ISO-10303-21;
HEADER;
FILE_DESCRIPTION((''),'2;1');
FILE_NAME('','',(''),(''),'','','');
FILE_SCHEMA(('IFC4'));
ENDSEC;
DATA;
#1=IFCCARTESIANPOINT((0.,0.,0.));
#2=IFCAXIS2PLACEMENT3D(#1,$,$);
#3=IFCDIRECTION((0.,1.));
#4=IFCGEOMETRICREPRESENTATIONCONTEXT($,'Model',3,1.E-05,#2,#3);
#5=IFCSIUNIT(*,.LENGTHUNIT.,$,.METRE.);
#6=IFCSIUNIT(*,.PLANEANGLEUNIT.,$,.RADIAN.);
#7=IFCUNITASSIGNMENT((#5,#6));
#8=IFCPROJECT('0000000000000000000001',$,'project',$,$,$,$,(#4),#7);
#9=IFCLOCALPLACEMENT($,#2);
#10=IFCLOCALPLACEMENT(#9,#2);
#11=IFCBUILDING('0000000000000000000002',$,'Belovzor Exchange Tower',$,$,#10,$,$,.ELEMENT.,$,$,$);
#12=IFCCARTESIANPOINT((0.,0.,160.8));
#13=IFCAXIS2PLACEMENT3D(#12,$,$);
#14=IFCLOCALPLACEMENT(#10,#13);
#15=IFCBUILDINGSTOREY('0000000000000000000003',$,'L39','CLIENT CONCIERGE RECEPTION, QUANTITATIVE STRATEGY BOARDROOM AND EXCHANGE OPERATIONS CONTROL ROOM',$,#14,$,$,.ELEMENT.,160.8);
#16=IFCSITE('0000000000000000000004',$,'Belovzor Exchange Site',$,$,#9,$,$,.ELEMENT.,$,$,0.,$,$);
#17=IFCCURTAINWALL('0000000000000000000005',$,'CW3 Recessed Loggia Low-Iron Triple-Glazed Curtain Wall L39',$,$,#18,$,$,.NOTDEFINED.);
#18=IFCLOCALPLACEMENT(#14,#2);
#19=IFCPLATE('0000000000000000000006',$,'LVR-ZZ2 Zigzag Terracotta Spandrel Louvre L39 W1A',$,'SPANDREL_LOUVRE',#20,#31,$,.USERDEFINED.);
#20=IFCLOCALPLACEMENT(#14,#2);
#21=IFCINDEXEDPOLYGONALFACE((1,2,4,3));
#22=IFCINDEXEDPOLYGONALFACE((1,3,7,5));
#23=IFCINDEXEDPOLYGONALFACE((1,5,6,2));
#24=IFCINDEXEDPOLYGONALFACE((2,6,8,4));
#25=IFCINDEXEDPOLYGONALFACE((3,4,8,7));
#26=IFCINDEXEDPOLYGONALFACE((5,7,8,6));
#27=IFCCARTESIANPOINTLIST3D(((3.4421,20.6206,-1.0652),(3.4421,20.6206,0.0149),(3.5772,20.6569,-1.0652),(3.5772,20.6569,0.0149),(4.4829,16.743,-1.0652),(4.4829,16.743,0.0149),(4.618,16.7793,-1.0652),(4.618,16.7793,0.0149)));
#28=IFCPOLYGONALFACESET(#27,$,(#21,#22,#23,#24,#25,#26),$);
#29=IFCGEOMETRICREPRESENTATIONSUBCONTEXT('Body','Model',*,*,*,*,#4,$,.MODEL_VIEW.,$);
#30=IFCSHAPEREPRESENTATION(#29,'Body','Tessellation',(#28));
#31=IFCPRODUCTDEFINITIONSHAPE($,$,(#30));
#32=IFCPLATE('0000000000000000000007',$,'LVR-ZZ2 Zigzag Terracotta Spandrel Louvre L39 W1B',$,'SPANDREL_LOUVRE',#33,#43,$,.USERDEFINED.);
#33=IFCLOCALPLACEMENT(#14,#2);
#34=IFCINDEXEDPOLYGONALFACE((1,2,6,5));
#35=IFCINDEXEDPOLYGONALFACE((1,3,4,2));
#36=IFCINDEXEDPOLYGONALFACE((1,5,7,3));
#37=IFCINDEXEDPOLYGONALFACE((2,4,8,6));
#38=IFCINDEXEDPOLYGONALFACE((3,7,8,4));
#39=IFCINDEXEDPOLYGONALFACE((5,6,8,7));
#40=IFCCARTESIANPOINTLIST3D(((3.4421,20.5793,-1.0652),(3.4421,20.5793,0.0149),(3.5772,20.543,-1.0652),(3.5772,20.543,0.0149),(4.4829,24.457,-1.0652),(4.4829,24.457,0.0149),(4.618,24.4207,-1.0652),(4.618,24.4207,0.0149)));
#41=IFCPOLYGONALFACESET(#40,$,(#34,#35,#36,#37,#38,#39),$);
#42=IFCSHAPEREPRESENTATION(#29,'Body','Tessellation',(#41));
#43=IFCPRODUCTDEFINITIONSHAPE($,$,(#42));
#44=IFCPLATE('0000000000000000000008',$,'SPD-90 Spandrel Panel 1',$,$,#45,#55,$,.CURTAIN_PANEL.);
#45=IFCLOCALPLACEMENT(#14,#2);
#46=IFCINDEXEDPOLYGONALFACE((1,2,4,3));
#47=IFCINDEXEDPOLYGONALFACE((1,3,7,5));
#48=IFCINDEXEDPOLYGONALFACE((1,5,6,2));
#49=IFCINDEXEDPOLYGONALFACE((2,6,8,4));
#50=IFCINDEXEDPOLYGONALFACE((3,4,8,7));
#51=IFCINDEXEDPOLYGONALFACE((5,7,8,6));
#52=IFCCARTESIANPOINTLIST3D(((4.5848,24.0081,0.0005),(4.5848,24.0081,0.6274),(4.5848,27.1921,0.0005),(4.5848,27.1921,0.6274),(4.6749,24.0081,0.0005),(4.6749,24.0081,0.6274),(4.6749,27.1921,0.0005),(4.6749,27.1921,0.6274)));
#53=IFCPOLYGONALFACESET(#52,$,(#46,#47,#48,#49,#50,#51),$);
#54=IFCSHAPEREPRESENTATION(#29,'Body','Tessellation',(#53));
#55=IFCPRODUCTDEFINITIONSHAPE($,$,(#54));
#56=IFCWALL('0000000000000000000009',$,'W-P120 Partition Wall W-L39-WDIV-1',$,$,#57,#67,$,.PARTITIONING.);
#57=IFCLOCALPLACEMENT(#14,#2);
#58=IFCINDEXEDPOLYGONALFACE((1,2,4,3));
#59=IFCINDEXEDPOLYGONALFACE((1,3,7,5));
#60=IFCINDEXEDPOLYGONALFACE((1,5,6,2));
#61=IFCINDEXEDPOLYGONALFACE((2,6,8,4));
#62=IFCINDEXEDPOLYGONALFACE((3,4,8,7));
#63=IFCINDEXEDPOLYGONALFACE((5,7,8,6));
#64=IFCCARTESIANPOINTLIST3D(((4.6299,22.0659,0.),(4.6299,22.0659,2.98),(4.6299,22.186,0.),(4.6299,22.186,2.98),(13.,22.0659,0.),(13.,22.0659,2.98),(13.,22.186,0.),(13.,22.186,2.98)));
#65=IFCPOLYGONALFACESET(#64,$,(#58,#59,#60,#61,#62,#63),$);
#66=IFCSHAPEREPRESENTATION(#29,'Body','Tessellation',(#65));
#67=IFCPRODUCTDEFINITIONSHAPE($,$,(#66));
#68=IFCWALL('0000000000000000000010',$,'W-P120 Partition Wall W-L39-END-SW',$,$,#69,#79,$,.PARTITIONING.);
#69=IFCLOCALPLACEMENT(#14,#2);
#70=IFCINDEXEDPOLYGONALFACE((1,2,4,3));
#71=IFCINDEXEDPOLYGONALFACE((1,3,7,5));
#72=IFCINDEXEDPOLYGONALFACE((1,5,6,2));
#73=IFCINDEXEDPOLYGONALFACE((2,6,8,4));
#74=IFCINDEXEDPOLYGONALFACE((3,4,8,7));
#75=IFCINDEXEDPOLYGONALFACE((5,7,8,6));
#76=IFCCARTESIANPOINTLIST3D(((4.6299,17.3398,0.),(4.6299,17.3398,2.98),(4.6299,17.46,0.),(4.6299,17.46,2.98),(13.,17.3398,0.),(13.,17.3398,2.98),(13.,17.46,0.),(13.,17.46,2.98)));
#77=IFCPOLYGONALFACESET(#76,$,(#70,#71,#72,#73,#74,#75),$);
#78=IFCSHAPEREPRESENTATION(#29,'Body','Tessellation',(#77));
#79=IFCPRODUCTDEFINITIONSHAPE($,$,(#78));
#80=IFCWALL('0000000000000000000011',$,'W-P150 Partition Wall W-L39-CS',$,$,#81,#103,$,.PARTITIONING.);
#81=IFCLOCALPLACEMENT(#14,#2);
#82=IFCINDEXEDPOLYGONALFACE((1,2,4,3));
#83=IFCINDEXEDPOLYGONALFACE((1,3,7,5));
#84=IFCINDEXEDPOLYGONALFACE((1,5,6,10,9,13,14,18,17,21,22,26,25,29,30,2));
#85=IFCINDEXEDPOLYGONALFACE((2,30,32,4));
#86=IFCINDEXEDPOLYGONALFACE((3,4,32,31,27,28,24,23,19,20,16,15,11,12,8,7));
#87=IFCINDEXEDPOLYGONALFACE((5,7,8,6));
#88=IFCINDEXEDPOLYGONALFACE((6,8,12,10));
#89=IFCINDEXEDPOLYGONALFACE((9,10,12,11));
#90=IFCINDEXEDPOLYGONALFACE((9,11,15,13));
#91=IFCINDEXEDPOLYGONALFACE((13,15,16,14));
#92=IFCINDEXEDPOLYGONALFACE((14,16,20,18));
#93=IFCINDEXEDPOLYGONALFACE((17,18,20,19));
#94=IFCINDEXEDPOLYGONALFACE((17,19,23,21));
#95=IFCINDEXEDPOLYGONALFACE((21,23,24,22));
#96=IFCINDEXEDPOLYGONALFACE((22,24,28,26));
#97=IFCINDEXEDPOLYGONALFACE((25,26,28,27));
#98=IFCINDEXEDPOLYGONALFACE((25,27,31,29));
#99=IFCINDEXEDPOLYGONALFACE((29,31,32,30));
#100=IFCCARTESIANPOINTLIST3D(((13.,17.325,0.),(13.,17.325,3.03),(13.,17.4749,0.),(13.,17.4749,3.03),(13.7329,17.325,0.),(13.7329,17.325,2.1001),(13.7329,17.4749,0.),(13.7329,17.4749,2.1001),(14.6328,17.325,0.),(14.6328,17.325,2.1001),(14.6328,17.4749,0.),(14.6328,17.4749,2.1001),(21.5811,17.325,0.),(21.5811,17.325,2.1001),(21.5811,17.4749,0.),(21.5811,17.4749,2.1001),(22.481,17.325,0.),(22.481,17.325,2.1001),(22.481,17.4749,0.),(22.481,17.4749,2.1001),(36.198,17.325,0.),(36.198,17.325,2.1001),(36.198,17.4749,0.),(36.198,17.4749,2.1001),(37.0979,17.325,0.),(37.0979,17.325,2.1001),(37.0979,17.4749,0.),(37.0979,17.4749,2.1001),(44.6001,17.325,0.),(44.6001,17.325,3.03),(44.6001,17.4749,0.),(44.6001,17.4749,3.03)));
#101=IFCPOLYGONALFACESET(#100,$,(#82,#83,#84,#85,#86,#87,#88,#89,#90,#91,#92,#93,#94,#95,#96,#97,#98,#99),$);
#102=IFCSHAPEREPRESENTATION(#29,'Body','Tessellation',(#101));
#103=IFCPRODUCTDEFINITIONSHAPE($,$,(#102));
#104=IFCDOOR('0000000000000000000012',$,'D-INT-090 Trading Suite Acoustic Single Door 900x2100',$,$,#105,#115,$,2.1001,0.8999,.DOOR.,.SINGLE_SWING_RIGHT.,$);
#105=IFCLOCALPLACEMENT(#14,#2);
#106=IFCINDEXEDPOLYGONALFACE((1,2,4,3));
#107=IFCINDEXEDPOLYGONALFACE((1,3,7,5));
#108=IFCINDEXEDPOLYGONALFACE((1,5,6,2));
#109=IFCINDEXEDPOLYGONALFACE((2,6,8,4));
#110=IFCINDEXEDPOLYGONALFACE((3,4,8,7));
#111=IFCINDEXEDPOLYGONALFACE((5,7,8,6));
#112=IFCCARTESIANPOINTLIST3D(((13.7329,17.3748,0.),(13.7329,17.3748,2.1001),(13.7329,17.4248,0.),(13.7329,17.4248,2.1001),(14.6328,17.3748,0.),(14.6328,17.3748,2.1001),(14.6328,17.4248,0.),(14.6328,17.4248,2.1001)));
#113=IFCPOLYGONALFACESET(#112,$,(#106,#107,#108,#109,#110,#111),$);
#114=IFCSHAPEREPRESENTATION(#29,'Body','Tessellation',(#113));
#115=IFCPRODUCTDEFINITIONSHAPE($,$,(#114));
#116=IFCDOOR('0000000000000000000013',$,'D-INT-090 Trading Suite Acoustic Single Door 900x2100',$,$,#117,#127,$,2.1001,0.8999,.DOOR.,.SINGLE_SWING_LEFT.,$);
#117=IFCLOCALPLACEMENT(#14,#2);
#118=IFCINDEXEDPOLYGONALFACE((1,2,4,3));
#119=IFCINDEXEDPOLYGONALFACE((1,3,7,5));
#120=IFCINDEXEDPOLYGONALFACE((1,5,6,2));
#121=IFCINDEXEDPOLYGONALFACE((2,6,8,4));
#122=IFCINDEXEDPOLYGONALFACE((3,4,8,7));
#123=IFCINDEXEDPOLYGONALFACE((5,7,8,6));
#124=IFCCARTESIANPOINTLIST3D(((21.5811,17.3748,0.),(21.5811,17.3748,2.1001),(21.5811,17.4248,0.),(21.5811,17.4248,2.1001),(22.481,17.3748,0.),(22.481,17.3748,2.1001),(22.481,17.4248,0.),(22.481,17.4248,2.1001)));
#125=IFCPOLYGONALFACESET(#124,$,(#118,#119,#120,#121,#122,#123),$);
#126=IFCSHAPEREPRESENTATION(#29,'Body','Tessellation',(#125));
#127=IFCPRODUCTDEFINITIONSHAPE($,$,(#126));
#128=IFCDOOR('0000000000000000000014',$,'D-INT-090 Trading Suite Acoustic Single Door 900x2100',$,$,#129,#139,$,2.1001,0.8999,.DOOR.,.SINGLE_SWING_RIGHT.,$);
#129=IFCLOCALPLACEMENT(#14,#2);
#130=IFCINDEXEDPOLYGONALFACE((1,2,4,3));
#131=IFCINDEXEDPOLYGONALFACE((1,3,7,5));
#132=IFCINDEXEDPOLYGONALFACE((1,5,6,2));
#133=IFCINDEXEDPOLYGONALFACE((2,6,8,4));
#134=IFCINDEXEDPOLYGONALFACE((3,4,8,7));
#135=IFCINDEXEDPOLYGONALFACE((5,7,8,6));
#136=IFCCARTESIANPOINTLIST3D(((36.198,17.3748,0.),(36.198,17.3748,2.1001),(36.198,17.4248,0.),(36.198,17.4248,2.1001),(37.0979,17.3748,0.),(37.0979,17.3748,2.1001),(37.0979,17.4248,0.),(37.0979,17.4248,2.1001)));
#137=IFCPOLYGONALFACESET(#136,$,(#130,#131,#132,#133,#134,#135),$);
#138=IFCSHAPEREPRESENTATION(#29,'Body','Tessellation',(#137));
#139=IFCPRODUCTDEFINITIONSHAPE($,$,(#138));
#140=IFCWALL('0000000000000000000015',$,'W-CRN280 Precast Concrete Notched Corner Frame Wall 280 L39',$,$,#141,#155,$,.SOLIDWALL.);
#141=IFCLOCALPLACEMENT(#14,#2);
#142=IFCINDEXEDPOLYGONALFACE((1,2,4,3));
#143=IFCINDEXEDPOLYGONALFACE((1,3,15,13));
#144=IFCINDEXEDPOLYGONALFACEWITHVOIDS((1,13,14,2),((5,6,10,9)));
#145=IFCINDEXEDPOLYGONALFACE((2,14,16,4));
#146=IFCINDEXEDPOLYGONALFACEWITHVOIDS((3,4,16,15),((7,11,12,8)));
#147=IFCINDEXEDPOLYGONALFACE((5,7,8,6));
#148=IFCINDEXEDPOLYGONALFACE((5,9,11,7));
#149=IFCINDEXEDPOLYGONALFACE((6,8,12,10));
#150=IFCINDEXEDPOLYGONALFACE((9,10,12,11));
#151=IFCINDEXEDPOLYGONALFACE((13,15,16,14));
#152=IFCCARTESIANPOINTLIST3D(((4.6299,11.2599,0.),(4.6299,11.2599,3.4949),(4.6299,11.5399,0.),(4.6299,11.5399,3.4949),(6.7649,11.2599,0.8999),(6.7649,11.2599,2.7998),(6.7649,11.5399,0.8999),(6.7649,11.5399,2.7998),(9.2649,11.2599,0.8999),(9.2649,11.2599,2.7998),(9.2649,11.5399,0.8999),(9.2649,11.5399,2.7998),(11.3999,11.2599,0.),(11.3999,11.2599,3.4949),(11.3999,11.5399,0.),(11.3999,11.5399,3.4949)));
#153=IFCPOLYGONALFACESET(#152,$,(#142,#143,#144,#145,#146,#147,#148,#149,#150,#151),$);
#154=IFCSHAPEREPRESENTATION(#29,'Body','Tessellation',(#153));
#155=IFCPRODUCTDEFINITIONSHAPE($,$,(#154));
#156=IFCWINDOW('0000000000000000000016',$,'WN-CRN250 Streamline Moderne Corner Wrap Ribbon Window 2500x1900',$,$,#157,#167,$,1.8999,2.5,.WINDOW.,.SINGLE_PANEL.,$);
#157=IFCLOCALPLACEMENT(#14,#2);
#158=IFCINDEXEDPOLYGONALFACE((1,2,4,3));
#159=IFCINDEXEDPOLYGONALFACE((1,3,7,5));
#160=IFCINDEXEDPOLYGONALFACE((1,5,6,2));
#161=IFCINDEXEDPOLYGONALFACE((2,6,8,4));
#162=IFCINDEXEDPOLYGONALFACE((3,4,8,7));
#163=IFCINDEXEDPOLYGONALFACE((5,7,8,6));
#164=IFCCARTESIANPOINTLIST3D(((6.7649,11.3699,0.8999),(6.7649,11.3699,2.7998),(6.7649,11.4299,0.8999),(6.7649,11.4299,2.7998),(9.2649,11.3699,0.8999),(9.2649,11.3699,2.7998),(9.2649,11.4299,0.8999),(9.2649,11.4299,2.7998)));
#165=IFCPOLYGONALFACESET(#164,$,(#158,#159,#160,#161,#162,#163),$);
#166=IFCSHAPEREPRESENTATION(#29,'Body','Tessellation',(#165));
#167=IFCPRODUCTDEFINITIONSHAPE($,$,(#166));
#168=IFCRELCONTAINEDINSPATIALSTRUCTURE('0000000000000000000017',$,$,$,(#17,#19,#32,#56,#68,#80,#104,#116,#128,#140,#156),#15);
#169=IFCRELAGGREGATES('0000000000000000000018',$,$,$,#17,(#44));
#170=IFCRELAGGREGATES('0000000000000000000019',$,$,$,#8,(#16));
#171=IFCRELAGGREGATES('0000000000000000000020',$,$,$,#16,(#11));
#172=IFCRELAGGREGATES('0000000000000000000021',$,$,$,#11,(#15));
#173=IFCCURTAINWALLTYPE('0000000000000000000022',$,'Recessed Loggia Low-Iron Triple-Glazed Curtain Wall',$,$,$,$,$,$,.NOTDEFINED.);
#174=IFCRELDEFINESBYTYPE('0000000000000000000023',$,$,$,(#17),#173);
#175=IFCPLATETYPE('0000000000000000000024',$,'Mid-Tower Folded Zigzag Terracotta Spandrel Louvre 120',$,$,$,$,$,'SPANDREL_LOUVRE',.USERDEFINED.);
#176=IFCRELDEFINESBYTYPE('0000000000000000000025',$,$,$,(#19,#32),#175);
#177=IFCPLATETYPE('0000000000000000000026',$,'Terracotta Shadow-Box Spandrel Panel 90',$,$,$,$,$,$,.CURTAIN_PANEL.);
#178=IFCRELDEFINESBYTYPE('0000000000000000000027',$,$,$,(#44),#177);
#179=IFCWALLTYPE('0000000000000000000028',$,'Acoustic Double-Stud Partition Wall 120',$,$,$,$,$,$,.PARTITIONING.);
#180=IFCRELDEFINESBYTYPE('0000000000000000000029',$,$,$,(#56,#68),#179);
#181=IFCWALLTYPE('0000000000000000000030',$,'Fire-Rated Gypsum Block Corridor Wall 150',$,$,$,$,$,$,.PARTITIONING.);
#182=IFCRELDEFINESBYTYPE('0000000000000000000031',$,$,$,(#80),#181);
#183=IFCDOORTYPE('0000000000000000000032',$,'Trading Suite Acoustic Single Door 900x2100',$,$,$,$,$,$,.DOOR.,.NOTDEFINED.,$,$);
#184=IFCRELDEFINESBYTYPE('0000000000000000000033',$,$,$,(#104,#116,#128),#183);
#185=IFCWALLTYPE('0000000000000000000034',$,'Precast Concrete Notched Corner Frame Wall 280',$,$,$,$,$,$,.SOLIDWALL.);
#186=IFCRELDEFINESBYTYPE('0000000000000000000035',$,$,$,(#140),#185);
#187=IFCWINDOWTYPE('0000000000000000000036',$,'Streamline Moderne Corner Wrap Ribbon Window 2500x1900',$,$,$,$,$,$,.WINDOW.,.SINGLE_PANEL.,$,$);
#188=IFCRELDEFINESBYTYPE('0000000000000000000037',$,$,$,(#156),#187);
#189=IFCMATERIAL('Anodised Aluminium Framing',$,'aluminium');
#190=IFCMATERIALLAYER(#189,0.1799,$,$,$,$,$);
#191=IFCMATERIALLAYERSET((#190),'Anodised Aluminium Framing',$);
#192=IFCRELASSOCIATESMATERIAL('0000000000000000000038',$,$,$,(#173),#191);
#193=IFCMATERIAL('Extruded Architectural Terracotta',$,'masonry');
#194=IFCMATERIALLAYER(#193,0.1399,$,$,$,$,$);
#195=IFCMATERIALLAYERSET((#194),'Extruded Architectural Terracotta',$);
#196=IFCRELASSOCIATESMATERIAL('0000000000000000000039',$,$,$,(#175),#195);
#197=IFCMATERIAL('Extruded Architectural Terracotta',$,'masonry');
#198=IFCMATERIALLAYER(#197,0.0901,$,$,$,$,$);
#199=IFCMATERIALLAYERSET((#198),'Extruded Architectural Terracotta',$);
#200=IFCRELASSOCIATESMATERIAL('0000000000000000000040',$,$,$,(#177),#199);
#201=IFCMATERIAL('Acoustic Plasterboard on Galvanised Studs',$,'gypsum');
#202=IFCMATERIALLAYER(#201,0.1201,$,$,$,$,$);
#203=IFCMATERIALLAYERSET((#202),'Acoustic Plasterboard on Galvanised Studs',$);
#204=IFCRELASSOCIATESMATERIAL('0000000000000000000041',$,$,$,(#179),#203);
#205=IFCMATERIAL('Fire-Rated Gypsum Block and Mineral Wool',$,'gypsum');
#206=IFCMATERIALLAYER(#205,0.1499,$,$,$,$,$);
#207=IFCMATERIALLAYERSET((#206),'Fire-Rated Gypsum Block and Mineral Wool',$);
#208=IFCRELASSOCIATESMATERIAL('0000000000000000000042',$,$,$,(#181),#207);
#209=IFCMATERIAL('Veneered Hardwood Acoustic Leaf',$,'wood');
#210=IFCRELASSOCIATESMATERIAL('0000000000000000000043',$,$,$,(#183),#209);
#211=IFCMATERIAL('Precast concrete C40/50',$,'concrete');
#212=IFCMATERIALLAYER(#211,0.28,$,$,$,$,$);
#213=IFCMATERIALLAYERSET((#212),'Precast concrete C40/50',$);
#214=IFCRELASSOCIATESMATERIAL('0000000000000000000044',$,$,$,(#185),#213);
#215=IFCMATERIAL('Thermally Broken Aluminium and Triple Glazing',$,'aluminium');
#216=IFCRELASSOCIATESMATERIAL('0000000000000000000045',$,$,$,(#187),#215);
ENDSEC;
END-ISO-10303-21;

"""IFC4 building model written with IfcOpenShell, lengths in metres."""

from ifc_helpers import new_model, si_unit, direction, frame, frame_2d, origin, origin_2d, place, context, subcontext, project, spatial, rectangle, extrude, material, layer, layer_set, type_object, element, fill, aggregate, save


model = new_model("IFC4")

# Units and contexts
model_context = context("Model", 3, precision=1e-05, world=origin(), true_north=direction((0.0, 1.0)))
body_context = subcontext(model_context, "Body", "Model", "MODEL_VIEW")
ifc_project = project(units=[si_unit("LENGTHUNIT", "METRE"), si_unit("PLANEANGLEUNIT", "RADIAN")], contexts=[model_context])

# Site, building, storey
site_placement = place(None, origin())
site = spatial("IfcSite", under=ifc_project, at=site_placement, Name="Belovzor Exchange Site", CompositionType="ELEMENT", RefElevation=0.0)
building_placement = place(site_placement, origin())
building = spatial("IfcBuilding", under=site, at=building_placement, Name="Belovzor Exchange Tower", CompositionType="ELEMENT")
storey_placement = place(building_placement, frame((0.0, 0.0, 160.8)))
storey = spatial("IfcBuildingStorey", under=building, at=storey_placement, Name="L39", Description="CLIENT CONCIERGE RECEPTION, QUANTITATIVE STRATEGY BOARDROOM AND EXCHANGE OPERATIONS CONTROL ROOM", CompositionType="ELEMENT", Elevation=160.8)

# Curtain wall
ifc_material_1 = material(Name="Anodised Aluminium Framing", Category="aluminium")
ifc_layer_1 = layer(ifc_material_1, 0.1799)
ifc_layer_set_1 = layer_set([ifc_layer_1], Name="Anodised Aluminium Framing")
curtain_wall_type = type_object("IfcCurtainWallType", Name="Recessed Loggia Low-Iron Triple-Glazed Curtain Wall", PredefinedType="NOTDEFINED", material=ifc_layer_set_1)
curtain_wall_placement = place(storey_placement, origin())
curtain_wall = element("IfcCurtainWall", 1, at=curtain_wall_placement, inside=storey, type_object=curtain_wall_type, Name="CW3 Recessed Loggia Low-Iron Triple-Glazed Curtain Wall L39", PredefinedType="NOTDEFINED")

# Plates
ifc_material_2 = material(Name="Extruded Architectural Terracotta", Category="masonry")
ifc_layer_2 = layer(ifc_material_2, 0.1399)
ifc_layer_set_2 = layer_set([ifc_layer_2], Name="Extruded Architectural Terracotta")
plate_type_1 = type_object("IfcPlateType", Name="Mid-Tower Folded Zigzag Terracotta Spandrel Louvre 120", ElementType="SPANDREL_LOUVRE", PredefinedType="USERDEFINED", material=ifc_layer_set_2)
for number, where, z_axis, x_axis, name in (
    (2, (4.03, 18.7, -1.0652), (0.0, 0.0, 1.0), (-0.25924, 0.965813, 0.0), "LVR-ZZ2 Zigzag Terracotta Spandrel Louvre L39 W1A"),
    (3, (4.03, 22.5, -1.0652), (0.0, 0.0, 1.0), (0.25924, 0.965813, 0.0), "LVR-ZZ2 Zigzag Terracotta Spandrel Louvre L39 W1B"),
):
    element("IfcPlate", number, at=place(storey_placement, frame(where, z_axis=z_axis, x_axis=x_axis)), inside=storey, type_object=plate_type_1, Name=name, ObjectType="SPANDREL_LOUVRE", PredefinedType="USERDEFINED", context=body_context, shape_type="SweptSolid", body=[
        extrude(rectangle(XDim=4.0149, YDim=0.1399, at=origin_2d()), origin(), (0.0, 0.0, 1.0), 1.0801),
    ])

# Plate
ifc_material_3 = material(Name="Extruded Architectural Terracotta", Category="masonry")
ifc_layer_3 = layer(ifc_material_3, 0.0901)
ifc_layer_set_3 = layer_set([ifc_layer_3], Name="Extruded Architectural Terracotta")
plate_type_2 = type_object("IfcPlateType", Name="Terracotta Shadow-Box Spandrel Panel 90", PredefinedType="CURTAIN_PANEL", material=ifc_layer_set_3)
plate_1_placement = place(storey_placement, frame((4.6299, 25.6001, 0.0005), z_axis=(0.0, 0.0, 1.0), x_axis=(0.0, 1.0, 0.0)))
plate_1 = element("IfcPlate", 4, at=plate_1_placement, type_object=plate_type_2, Name="SPD-90 Spandrel Panel 1", PredefinedType="CURTAIN_PANEL", context=body_context, shape_type="SweptSolid", body=[
    extrude(rectangle(XDim=3.1841, YDim=0.0901, at=origin_2d()), origin(), (0.0, 0.0, 1.0), 0.627),
])
aggregate(curtain_wall, [plate_1])

# Walls
ifc_material_4 = material(Name="Acoustic Plasterboard on Galvanised Studs", Category="gypsum")
ifc_layer_4 = layer(ifc_material_4, 0.1201)
ifc_layer_set_4 = layer_set([ifc_layer_4], Name="Acoustic Plasterboard on Galvanised Studs")
wall_type_1 = type_object("IfcWallType", Name="Acoustic Double-Stud Partition Wall 120", PredefinedType="PARTITIONING", material=ifc_layer_set_4)
for number, where, z_axis, x_axis, name in (
    (5, (4.6299, 22.126, 0.0), (0.0, 0.0, 1.0), (1.0, 0.0, 0.0), "W-P120 Partition Wall W-L39-WDIV-1"),
    (6, (4.6299, 17.3999, 0.0), (0.0, 0.0, 1.0), (1.0, 0.0, 0.0), "W-P120 Partition Wall W-L39-END-SW"),
):
    element("IfcWall", number, at=place(storey_placement, frame(where, z_axis=z_axis, x_axis=x_axis)), inside=storey, type_object=wall_type_1, Name=name, PredefinedType="PARTITIONING", context=body_context, shape_type="SweptSolid", body=[
        extrude(rectangle(XDim=8.3701, YDim=0.1201, at=frame_2d((4.1851, 0.0))), origin(), (0.0, 0.0, 1.0), 2.98),
    ])

# Wall, openings, doors
ifc_material_5 = material(Name="Fire-Rated Gypsum Block and Mineral Wool", Category="gypsum")
ifc_layer_5 = layer(ifc_material_5, 0.1499)
ifc_layer_set_5 = layer_set([ifc_layer_5], Name="Fire-Rated Gypsum Block and Mineral Wool")
wall_type_2 = type_object("IfcWallType", Name="Fire-Rated Gypsum Block Corridor Wall 150", PredefinedType="PARTITIONING", material=ifc_layer_set_5)
wall_1_placement = place(storey_placement, frame((13.0, 17.3999, 0.0), z_axis=(0.0, 0.0, 1.0), x_axis=(1.0, 0.0, 0.0)))
wall_1 = element("IfcWall", 7, at=wall_1_placement, inside=storey, type_object=wall_type_2, Name="W-P150 Partition Wall W-L39-CS", PredefinedType="PARTITIONING", context=body_context, shape_type="SweptSolid", body=[
    extrude(rectangle(XDim=31.6001, YDim=0.1499, at=frame_2d((15.8, 0.0))), origin(), (0.0, 0.0, 1.0), 3.03),
])
opening_1_placement = place(wall_1_placement, frame((0.7329, 0.0, 0.0)))
opening_1 = element("IfcOpeningElement", 8, at=opening_1_placement, cuts=wall_1, PredefinedType="OPENING", context=body_context, shape_type="SweptSolid", body=[
    extrude(rectangle(XDim=0.8999, YDim=2.1001, at=frame_2d((0.45, 1.05))), frame((0.0, 0.085, 0.0), z_axis=(0.0, -1.0, 0.0), x_axis=(1.0, 0.0, 0.0)), (0.0, 0.0, 1.0), 0.1699),
])
opening_2_placement = place(wall_1_placement, frame((8.5811, 0.0, 0.0)))
opening_2 = element("IfcOpeningElement", 9, at=opening_2_placement, cuts=wall_1, PredefinedType="OPENING", context=body_context, shape_type="SweptSolid", body=[
    extrude(rectangle(XDim=0.8999, YDim=2.1001, at=frame_2d((0.45, 1.05))), frame((0.0, 0.085, 0.0), z_axis=(0.0, -1.0, 0.0), x_axis=(1.0, 0.0, 0.0)), (0.0, 0.0, 1.0), 0.1699),
])
opening_3_placement = place(wall_1_placement, frame((23.198, 0.0, 0.0)))
opening_3 = element("IfcOpeningElement", 10, at=opening_3_placement, cuts=wall_1, PredefinedType="OPENING", context=body_context, shape_type="SweptSolid", body=[
    extrude(rectangle(XDim=0.8999, YDim=2.1001, at=frame_2d((0.45, 1.05))), frame((0.0, 0.085, 0.0), z_axis=(0.0, -1.0, 0.0), x_axis=(1.0, 0.0, 0.0)), (0.0, 0.0, 1.0), 0.1699),
])
ifc_material_6 = material(Name="Veneered Hardwood Acoustic Leaf", Category="wood")
door_type = type_object("IfcDoorType", Name="Trading Suite Acoustic Single Door 900x2100", OperationType="NOTDEFINED", PredefinedType="DOOR", material=ifc_material_6)
door_1_placement = place(opening_1_placement, origin())
door_1 = element("IfcDoor", 11, at=door_1_placement, inside=storey, type_object=door_type, Name="D-INT-090 Trading Suite Acoustic Single Door 900x2100", OperationType="SINGLE_SWING_RIGHT", OverallHeight=2.1001, OverallWidth=0.8999, PredefinedType="DOOR", context=body_context, shape_type="SweptSolid", body=[
    extrude(rectangle(XDim=0.8999, YDim=2.1001, at=frame_2d((0.45, 1.05))), frame((0.0, 0.0249, 0.0), z_axis=(0.0, -1.0, 0.0), x_axis=(1.0, 0.0, 0.0)), (0.0, 0.0, 1.0), 0.05),
])
fill(opening_1, door_1)
door_2_placement = place(opening_2_placement, origin())
door_2 = element("IfcDoor", 12, at=door_2_placement, inside=storey, type_object=door_type, Name="D-INT-090 Trading Suite Acoustic Single Door 900x2100", OperationType="SINGLE_SWING_LEFT", OverallHeight=2.1001, OverallWidth=0.8999, PredefinedType="DOOR", context=body_context, shape_type="SweptSolid", body=[
    extrude(rectangle(XDim=0.8999, YDim=2.1001, at=frame_2d((0.45, 1.05))), frame((0.0, 0.0249, 0.0), z_axis=(0.0, -1.0, 0.0), x_axis=(1.0, 0.0, 0.0)), (0.0, 0.0, 1.0), 0.05),
])
fill(opening_2, door_2)
door_3_placement = place(opening_3_placement, origin())
door_3 = element("IfcDoor", 13, at=door_3_placement, inside=storey, type_object=door_type, Name="D-INT-090 Trading Suite Acoustic Single Door 900x2100", OperationType="SINGLE_SWING_RIGHT", OverallHeight=2.1001, OverallWidth=0.8999, PredefinedType="DOOR", context=body_context, shape_type="SweptSolid", body=[
    extrude(rectangle(XDim=0.8999, YDim=2.1001, at=frame_2d((0.45, 1.05))), frame((0.0, 0.0249, 0.0), z_axis=(0.0, -1.0, 0.0), x_axis=(1.0, 0.0, 0.0)), (0.0, 0.0, 1.0), 0.05),
])
fill(opening_3, door_3)

# Wall, opening, window
ifc_material_7 = material(Name="Precast concrete C40/50", Category="concrete")
ifc_layer_6 = layer(ifc_material_7, 0.28)
ifc_layer_set_6 = layer_set([ifc_layer_6], Name="Precast concrete C40/50")
wall_type_3 = type_object("IfcWallType", Name="Precast Concrete Notched Corner Frame Wall 280", PredefinedType="SOLIDWALL", material=ifc_layer_set_6)
wall_2_placement = place(storey_placement, frame((11.3999, 11.3999, 0.0), z_axis=(0.0, 0.0, 1.0), x_axis=(-1.0, 0.0, 0.0)))
wall_2 = element("IfcWall", 14, at=wall_2_placement, inside=storey, type_object=wall_type_3, Name="W-CRN280 Precast Concrete Notched Corner Frame Wall 280 L39", PredefinedType="SOLIDWALL", context=body_context, shape_type="SweptSolid", body=[
    extrude(rectangle(XDim=6.77, YDim=0.28, at=frame_2d((3.385, 0.0))), origin(), (0.0, 0.0, 1.0), 3.4949),
])
opening_4_placement = place(wall_2_placement, frame((2.135, 0.0, 0.8999)))
opening_4 = element("IfcOpeningElement", 15, at=opening_4_placement, cuts=wall_2, PredefinedType="OPENING", context=body_context, shape_type="SweptSolid", body=[
    extrude(rectangle(XDim=2.5, YDim=1.8999, at=frame_2d((1.25, 0.95))), frame((0.0, 0.1499, 0.0), z_axis=(0.0, -1.0, 0.0), x_axis=(1.0, 0.0, 0.0)), (0.0, 0.0, 1.0), 0.3),
])
ifc_material_8 = material(Name="Thermally Broken Aluminium and Triple Glazing", Category="aluminium")
window_type = type_object("IfcWindowType", Name="Streamline Moderne Corner Wrap Ribbon Window 2500x1900", PartitioningType="SINGLE_PANEL", PredefinedType="WINDOW", material=ifc_material_8)
window_placement = place(opening_4_placement, origin())
window = element("IfcWindow", 16, at=window_placement, inside=storey, type_object=window_type, Name="WN-CRN250 Streamline Moderne Corner Wrap Ribbon Window 2500x1900", OverallHeight=1.8999, OverallWidth=2.5, PartitioningType="SINGLE_PANEL", PredefinedType="WINDOW", context=body_context, shape_type="SweptSolid", body=[
    extrude(rectangle(XDim=2.5, YDim=1.8999, at=frame_2d((1.25, 0.95))), frame((0.0, 0.03, 0.0), z_axis=(0.0, -1.0, 0.0), x_axis=(1.0, 0.0, 0.0)), (0.0, 0.0, 1.0), 0.0601),
])
fill(opening_4, window)

save(model, "model.ifc")
